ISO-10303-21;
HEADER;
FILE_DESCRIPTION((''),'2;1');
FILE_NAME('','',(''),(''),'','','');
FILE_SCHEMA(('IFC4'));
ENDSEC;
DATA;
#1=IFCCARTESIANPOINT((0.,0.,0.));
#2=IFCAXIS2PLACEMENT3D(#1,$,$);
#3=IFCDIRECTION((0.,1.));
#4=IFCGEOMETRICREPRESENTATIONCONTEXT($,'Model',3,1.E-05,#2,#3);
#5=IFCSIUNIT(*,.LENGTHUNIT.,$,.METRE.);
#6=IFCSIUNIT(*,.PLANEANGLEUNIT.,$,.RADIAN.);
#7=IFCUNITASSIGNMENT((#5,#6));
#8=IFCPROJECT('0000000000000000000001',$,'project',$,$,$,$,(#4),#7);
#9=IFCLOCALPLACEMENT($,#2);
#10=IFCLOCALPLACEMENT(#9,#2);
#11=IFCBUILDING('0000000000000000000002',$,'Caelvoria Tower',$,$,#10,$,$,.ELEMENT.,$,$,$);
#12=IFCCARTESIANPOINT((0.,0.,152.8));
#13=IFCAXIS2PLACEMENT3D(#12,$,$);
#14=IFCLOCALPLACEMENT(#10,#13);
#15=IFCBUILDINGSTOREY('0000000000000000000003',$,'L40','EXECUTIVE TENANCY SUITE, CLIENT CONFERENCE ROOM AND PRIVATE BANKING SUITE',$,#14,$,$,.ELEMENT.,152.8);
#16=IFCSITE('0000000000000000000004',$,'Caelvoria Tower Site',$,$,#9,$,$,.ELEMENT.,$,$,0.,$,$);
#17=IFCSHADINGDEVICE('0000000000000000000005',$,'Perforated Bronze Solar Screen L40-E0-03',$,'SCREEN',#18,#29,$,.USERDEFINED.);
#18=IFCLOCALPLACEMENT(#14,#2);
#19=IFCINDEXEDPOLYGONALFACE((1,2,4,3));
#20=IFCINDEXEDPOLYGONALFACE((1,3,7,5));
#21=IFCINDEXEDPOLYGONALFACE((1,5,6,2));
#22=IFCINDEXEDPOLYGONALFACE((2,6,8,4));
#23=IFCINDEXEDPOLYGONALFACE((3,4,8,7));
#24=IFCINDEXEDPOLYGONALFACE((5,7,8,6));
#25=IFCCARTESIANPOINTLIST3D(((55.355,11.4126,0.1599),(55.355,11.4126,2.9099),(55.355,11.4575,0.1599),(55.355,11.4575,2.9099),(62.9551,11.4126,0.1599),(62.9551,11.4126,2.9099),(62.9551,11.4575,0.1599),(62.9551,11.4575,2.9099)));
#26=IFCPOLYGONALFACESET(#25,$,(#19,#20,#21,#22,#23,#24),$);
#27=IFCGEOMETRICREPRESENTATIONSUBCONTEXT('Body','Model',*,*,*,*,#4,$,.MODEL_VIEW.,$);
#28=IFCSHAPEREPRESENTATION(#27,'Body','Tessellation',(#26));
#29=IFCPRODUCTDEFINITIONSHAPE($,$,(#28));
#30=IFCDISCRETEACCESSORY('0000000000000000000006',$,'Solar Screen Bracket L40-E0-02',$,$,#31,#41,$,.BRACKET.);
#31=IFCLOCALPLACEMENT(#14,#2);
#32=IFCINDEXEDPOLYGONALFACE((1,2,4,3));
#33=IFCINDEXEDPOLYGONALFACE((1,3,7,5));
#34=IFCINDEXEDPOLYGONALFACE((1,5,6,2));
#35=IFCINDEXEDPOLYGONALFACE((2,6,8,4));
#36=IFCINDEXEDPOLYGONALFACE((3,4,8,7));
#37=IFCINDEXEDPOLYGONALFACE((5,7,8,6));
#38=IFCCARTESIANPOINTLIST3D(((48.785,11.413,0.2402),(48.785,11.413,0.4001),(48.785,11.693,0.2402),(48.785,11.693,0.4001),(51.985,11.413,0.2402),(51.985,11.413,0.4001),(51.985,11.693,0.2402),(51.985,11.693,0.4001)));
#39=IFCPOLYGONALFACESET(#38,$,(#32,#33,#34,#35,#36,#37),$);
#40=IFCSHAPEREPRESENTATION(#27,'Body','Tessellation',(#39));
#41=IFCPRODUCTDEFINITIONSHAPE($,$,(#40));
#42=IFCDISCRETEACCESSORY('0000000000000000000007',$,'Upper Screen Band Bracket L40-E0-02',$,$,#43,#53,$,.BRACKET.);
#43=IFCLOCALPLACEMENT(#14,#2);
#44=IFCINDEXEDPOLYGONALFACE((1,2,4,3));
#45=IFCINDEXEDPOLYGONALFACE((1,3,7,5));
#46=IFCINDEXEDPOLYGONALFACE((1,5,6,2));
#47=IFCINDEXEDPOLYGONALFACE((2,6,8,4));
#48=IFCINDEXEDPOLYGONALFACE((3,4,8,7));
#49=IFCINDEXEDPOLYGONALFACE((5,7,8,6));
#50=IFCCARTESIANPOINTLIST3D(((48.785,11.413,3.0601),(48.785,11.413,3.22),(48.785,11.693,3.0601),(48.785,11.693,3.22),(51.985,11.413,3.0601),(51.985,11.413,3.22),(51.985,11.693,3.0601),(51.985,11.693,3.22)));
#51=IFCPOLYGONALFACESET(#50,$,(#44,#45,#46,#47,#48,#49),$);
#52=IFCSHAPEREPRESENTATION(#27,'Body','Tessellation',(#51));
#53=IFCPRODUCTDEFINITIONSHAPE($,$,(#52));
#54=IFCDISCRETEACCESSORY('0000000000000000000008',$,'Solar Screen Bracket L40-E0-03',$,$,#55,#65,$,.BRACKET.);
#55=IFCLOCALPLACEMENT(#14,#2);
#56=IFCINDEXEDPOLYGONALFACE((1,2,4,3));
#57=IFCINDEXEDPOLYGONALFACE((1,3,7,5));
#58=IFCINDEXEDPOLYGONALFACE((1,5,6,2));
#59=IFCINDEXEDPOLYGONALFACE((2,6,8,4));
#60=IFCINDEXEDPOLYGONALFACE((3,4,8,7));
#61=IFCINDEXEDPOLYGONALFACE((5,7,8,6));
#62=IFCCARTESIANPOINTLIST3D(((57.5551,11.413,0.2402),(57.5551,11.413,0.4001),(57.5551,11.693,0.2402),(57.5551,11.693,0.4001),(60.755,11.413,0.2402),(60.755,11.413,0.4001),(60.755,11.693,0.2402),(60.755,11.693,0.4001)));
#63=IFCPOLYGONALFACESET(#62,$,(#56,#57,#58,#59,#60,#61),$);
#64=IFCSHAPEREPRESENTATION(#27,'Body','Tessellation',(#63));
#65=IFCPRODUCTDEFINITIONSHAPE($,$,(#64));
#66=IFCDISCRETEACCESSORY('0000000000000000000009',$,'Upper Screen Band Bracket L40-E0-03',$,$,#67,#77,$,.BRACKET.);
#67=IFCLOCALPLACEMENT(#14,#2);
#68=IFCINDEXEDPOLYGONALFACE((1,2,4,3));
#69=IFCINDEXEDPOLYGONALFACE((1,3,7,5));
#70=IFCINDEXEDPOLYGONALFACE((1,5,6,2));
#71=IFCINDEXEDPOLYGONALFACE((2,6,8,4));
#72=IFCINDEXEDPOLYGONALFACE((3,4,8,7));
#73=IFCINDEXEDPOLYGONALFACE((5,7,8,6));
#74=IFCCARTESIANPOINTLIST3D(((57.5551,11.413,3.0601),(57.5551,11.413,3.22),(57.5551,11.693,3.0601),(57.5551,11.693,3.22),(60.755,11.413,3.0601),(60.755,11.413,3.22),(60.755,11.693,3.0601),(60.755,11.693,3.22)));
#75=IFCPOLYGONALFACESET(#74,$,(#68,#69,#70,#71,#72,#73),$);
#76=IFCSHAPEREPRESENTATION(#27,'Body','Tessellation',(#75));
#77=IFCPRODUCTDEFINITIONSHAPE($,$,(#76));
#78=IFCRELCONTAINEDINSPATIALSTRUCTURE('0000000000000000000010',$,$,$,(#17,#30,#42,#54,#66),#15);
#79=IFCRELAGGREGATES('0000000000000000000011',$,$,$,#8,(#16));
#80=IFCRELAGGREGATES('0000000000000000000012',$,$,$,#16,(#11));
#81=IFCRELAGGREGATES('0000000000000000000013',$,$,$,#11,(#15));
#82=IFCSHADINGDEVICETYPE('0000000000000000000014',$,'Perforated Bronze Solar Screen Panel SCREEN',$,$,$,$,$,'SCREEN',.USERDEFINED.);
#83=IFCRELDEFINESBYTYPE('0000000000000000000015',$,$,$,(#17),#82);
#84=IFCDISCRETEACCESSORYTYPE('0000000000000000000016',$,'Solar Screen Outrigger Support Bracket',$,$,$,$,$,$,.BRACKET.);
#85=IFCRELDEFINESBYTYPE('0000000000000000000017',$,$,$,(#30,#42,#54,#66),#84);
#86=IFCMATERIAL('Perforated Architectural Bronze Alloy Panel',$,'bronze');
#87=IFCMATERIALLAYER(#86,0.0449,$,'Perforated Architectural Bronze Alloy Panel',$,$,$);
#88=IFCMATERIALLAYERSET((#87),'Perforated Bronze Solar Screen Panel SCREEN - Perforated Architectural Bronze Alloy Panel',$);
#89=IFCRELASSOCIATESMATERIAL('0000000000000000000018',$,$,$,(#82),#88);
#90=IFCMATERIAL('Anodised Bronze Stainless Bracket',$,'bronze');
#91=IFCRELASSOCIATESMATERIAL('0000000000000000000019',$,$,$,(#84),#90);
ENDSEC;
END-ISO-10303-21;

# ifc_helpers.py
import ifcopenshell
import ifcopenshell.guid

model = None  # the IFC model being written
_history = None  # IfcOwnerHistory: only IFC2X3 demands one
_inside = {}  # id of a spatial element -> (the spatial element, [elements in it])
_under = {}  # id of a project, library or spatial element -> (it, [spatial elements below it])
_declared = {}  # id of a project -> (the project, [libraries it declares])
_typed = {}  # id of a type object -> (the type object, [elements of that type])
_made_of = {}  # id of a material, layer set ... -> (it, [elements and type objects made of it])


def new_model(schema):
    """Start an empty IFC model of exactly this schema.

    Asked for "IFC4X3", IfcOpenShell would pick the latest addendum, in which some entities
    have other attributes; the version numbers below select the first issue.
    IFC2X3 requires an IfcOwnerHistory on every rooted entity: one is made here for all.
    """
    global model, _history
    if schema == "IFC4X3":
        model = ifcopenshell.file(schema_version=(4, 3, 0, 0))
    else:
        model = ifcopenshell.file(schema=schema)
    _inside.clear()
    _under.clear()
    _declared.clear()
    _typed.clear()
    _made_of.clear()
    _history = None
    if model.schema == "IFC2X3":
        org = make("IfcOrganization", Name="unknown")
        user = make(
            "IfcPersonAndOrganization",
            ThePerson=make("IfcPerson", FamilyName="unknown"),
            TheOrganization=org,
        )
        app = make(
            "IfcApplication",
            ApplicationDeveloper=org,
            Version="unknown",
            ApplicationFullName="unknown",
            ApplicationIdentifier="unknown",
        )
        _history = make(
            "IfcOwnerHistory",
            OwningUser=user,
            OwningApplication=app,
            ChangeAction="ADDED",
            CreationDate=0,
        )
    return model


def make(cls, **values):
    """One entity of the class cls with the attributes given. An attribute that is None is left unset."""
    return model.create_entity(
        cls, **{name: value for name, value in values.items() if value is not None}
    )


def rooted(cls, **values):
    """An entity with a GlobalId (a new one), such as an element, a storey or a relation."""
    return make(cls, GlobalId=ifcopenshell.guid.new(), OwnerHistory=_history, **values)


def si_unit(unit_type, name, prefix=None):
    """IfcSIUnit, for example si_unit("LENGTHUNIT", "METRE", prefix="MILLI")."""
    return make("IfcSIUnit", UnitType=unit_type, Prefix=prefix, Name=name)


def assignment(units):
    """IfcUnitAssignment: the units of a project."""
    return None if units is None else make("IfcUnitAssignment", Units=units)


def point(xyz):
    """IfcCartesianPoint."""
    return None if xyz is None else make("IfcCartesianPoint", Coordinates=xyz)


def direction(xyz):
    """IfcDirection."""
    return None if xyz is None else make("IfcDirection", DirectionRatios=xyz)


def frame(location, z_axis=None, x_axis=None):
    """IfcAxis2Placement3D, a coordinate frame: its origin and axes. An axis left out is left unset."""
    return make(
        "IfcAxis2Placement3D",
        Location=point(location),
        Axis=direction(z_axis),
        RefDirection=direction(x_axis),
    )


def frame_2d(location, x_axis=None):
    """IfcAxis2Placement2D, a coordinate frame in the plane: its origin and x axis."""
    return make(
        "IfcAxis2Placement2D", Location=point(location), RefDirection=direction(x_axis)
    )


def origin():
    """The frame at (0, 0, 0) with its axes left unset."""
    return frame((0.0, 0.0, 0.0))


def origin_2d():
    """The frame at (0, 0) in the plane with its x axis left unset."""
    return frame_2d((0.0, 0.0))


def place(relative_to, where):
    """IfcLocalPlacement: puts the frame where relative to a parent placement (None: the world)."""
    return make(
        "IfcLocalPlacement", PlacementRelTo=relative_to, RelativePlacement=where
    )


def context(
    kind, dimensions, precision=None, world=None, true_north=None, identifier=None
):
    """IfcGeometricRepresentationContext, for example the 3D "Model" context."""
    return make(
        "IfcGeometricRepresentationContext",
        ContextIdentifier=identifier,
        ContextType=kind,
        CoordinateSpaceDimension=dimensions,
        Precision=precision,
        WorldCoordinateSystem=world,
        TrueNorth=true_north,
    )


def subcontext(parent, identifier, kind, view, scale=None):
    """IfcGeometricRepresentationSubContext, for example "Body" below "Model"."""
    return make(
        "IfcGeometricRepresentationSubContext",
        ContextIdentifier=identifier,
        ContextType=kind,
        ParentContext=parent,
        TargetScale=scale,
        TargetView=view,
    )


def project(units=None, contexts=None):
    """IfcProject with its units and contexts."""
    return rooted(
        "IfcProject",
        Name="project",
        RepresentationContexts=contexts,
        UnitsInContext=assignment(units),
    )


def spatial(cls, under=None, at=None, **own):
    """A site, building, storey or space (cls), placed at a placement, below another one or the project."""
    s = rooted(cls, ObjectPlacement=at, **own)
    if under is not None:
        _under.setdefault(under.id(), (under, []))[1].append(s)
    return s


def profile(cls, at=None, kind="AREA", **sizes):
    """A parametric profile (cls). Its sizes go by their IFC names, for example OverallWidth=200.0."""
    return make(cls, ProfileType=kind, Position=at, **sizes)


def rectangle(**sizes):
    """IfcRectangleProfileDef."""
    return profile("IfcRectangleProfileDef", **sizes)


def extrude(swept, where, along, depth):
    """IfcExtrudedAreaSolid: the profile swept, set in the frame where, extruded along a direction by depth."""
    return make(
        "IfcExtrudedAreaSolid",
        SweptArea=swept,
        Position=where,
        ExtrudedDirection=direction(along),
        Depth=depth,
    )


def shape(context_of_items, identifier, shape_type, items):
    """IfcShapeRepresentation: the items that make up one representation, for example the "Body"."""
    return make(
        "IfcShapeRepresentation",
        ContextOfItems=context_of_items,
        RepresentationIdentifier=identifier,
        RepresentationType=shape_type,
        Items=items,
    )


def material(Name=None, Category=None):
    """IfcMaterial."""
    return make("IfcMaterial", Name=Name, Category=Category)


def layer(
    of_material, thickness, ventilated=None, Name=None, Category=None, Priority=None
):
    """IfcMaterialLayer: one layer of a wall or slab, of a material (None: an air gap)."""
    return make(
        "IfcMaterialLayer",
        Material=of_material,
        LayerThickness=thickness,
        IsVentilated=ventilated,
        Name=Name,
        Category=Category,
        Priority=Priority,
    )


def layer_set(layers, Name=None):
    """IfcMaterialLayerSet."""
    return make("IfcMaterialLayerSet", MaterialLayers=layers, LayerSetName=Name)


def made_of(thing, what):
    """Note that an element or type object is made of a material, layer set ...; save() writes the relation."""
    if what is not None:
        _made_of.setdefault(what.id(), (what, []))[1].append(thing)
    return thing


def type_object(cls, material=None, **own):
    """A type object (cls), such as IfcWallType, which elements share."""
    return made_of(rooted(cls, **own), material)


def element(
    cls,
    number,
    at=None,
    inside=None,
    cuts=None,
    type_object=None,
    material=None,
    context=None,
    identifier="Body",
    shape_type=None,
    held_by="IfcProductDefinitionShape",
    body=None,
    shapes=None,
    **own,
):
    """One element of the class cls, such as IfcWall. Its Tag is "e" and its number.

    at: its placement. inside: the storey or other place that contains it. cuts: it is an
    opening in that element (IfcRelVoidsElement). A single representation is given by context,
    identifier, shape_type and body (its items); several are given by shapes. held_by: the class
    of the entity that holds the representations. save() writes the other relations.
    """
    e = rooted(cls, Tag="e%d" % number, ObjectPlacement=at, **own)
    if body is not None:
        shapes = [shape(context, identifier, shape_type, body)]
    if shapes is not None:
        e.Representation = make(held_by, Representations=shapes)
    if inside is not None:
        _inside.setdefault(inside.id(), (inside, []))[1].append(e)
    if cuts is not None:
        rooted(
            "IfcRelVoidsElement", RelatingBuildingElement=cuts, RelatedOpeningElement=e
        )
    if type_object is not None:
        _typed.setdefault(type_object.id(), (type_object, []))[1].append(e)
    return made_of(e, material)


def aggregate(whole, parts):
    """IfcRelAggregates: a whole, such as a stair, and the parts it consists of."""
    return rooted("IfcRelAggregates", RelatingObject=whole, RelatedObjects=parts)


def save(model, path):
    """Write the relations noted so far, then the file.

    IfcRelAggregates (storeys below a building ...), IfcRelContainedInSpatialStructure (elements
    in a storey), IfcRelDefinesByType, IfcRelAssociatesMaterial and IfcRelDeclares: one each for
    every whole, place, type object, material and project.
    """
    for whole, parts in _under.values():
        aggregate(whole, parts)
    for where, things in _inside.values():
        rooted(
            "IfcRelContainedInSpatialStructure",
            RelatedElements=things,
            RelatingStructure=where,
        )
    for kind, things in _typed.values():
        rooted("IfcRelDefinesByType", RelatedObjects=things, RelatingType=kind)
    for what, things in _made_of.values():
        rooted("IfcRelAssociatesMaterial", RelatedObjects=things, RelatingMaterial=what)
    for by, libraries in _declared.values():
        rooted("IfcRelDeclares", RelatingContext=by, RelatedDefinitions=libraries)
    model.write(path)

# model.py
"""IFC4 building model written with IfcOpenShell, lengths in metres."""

from ifc_helpers import new_model, si_unit, direction, frame, origin, origin_2d, place, context, subcontext, project, spatial, rectangle, extrude, material, layer, layer_set, type_object, element, save


model = new_model("IFC4")

# Units and contexts
model_context = context("Model", 3, precision=1e-05, world=origin(), true_north=direction((0.0, 1.0)))
body_context = subcontext(model_context, "Body", "Model", "MODEL_VIEW")
ifc_project = project(units=[si_unit("LENGTHUNIT", "METRE"), si_unit("PLANEANGLEUNIT", "RADIAN")], contexts=[model_context])

# Site, building, storey
site_placement = place(None, origin())
site = spatial("IfcSite", under=ifc_project, at=site_placement, Name="Caelvoria Tower Site", CompositionType="ELEMENT", RefElevation=0.0)
building_placement = place(site_placement, origin())
building = spatial("IfcBuilding", under=site, at=building_placement, Name="Caelvoria Tower", CompositionType="ELEMENT")
storey_placement = place(building_placement, frame((0.0, 0.0, 152.8)))
storey = spatial("IfcBuildingStorey", under=building, at=storey_placement, Name="L40", Description="EXECUTIVE TENANCY SUITE, CLIENT CONFERENCE ROOM AND PRIVATE BANKING SUITE", CompositionType="ELEMENT", Elevation=152.8)

# Shading device
ifc_material_1 = material(Name="Perforated Architectural Bronze Alloy Panel", Category="bronze")
ifc_layer_1 = layer(ifc_material_1, 0.0449, Name="Perforated Architectural Bronze Alloy Panel")
ifc_layer_set_1 = layer_set([ifc_layer_1], Name="Perforated Bronze Solar Screen Panel SCREEN - Perforated Architectural Bronze Alloy Panel")
shading_device_type = type_object("IfcShadingDeviceType", Name="Perforated Bronze Solar Screen Panel SCREEN", ElementType="SCREEN", PredefinedType="USERDEFINED", material=ifc_layer_set_1)
for number, where, z_axis, x_axis, name in (
    (1, (59.155, 11.4351, 0.1599), (0.0, 0.0, 1.0), (1.0, 0.0, 0.0), "Perforated Bronze Solar Screen L40-E0-03"),
):
    element("IfcShadingDevice", number, at=place(storey_placement, frame(where, z_axis=z_axis, x_axis=x_axis)), inside=storey, type_object=shading_device_type, Name=name, ObjectType="SCREEN", PredefinedType="USERDEFINED", context=body_context, shape_type="SweptSolid", body=[
        extrude(rectangle(XDim=7.6001, YDim=0.0449, at=origin_2d()), origin(), (0.0, 0.0, 1.0), 2.75),
    ])

# Discrete accessories
ifc_material_2 = material(Name="Anodised Bronze Stainless Bracket", Category="bronze")
discrete_accessory_type = type_object("IfcDiscreteAccessoryType", Name="Solar Screen Outrigger Support Bracket", PredefinedType="BRACKET", material=ifc_material_2)
for number, where, z_axis, x_axis, name in (
    (2, (50.385, 11.553, 0.2402), (0.0, 0.0, 1.0), (1.0, 0.0, 0.0), "Solar Screen Bracket L40-E0-02"),
    (3, (50.385, 11.553, 3.0601), (0.0, 0.0, 1.0), (1.0, 0.0, 0.0), "Upper Screen Band Bracket L40-E0-02"),
    (4, (59.155, 11.553, 0.2402), (0.0, 0.0, 1.0), (1.0, 0.0, 0.0), "Solar Screen Bracket L40-E0-03"),
    (5, (59.155, 11.553, 3.0601), (0.0, 0.0, 1.0), (1.0, 0.0, 0.0), "Upper Screen Band Bracket L40-E0-03"),
):
    element("IfcDiscreteAccessory", number, at=place(storey_placement, frame(where, z_axis=z_axis, x_axis=x_axis)), inside=storey, type_object=discrete_accessory_type, Name=name, PredefinedType="BRACKET", context=body_context, shape_type="SweptSolid", body=[
        extrude(rectangle(XDim=3.2, YDim=0.28, at=origin_2d()), origin(), (0.0, 0.0, 1.0), 0.1599),
    ])

save(model, "model.ifc")
